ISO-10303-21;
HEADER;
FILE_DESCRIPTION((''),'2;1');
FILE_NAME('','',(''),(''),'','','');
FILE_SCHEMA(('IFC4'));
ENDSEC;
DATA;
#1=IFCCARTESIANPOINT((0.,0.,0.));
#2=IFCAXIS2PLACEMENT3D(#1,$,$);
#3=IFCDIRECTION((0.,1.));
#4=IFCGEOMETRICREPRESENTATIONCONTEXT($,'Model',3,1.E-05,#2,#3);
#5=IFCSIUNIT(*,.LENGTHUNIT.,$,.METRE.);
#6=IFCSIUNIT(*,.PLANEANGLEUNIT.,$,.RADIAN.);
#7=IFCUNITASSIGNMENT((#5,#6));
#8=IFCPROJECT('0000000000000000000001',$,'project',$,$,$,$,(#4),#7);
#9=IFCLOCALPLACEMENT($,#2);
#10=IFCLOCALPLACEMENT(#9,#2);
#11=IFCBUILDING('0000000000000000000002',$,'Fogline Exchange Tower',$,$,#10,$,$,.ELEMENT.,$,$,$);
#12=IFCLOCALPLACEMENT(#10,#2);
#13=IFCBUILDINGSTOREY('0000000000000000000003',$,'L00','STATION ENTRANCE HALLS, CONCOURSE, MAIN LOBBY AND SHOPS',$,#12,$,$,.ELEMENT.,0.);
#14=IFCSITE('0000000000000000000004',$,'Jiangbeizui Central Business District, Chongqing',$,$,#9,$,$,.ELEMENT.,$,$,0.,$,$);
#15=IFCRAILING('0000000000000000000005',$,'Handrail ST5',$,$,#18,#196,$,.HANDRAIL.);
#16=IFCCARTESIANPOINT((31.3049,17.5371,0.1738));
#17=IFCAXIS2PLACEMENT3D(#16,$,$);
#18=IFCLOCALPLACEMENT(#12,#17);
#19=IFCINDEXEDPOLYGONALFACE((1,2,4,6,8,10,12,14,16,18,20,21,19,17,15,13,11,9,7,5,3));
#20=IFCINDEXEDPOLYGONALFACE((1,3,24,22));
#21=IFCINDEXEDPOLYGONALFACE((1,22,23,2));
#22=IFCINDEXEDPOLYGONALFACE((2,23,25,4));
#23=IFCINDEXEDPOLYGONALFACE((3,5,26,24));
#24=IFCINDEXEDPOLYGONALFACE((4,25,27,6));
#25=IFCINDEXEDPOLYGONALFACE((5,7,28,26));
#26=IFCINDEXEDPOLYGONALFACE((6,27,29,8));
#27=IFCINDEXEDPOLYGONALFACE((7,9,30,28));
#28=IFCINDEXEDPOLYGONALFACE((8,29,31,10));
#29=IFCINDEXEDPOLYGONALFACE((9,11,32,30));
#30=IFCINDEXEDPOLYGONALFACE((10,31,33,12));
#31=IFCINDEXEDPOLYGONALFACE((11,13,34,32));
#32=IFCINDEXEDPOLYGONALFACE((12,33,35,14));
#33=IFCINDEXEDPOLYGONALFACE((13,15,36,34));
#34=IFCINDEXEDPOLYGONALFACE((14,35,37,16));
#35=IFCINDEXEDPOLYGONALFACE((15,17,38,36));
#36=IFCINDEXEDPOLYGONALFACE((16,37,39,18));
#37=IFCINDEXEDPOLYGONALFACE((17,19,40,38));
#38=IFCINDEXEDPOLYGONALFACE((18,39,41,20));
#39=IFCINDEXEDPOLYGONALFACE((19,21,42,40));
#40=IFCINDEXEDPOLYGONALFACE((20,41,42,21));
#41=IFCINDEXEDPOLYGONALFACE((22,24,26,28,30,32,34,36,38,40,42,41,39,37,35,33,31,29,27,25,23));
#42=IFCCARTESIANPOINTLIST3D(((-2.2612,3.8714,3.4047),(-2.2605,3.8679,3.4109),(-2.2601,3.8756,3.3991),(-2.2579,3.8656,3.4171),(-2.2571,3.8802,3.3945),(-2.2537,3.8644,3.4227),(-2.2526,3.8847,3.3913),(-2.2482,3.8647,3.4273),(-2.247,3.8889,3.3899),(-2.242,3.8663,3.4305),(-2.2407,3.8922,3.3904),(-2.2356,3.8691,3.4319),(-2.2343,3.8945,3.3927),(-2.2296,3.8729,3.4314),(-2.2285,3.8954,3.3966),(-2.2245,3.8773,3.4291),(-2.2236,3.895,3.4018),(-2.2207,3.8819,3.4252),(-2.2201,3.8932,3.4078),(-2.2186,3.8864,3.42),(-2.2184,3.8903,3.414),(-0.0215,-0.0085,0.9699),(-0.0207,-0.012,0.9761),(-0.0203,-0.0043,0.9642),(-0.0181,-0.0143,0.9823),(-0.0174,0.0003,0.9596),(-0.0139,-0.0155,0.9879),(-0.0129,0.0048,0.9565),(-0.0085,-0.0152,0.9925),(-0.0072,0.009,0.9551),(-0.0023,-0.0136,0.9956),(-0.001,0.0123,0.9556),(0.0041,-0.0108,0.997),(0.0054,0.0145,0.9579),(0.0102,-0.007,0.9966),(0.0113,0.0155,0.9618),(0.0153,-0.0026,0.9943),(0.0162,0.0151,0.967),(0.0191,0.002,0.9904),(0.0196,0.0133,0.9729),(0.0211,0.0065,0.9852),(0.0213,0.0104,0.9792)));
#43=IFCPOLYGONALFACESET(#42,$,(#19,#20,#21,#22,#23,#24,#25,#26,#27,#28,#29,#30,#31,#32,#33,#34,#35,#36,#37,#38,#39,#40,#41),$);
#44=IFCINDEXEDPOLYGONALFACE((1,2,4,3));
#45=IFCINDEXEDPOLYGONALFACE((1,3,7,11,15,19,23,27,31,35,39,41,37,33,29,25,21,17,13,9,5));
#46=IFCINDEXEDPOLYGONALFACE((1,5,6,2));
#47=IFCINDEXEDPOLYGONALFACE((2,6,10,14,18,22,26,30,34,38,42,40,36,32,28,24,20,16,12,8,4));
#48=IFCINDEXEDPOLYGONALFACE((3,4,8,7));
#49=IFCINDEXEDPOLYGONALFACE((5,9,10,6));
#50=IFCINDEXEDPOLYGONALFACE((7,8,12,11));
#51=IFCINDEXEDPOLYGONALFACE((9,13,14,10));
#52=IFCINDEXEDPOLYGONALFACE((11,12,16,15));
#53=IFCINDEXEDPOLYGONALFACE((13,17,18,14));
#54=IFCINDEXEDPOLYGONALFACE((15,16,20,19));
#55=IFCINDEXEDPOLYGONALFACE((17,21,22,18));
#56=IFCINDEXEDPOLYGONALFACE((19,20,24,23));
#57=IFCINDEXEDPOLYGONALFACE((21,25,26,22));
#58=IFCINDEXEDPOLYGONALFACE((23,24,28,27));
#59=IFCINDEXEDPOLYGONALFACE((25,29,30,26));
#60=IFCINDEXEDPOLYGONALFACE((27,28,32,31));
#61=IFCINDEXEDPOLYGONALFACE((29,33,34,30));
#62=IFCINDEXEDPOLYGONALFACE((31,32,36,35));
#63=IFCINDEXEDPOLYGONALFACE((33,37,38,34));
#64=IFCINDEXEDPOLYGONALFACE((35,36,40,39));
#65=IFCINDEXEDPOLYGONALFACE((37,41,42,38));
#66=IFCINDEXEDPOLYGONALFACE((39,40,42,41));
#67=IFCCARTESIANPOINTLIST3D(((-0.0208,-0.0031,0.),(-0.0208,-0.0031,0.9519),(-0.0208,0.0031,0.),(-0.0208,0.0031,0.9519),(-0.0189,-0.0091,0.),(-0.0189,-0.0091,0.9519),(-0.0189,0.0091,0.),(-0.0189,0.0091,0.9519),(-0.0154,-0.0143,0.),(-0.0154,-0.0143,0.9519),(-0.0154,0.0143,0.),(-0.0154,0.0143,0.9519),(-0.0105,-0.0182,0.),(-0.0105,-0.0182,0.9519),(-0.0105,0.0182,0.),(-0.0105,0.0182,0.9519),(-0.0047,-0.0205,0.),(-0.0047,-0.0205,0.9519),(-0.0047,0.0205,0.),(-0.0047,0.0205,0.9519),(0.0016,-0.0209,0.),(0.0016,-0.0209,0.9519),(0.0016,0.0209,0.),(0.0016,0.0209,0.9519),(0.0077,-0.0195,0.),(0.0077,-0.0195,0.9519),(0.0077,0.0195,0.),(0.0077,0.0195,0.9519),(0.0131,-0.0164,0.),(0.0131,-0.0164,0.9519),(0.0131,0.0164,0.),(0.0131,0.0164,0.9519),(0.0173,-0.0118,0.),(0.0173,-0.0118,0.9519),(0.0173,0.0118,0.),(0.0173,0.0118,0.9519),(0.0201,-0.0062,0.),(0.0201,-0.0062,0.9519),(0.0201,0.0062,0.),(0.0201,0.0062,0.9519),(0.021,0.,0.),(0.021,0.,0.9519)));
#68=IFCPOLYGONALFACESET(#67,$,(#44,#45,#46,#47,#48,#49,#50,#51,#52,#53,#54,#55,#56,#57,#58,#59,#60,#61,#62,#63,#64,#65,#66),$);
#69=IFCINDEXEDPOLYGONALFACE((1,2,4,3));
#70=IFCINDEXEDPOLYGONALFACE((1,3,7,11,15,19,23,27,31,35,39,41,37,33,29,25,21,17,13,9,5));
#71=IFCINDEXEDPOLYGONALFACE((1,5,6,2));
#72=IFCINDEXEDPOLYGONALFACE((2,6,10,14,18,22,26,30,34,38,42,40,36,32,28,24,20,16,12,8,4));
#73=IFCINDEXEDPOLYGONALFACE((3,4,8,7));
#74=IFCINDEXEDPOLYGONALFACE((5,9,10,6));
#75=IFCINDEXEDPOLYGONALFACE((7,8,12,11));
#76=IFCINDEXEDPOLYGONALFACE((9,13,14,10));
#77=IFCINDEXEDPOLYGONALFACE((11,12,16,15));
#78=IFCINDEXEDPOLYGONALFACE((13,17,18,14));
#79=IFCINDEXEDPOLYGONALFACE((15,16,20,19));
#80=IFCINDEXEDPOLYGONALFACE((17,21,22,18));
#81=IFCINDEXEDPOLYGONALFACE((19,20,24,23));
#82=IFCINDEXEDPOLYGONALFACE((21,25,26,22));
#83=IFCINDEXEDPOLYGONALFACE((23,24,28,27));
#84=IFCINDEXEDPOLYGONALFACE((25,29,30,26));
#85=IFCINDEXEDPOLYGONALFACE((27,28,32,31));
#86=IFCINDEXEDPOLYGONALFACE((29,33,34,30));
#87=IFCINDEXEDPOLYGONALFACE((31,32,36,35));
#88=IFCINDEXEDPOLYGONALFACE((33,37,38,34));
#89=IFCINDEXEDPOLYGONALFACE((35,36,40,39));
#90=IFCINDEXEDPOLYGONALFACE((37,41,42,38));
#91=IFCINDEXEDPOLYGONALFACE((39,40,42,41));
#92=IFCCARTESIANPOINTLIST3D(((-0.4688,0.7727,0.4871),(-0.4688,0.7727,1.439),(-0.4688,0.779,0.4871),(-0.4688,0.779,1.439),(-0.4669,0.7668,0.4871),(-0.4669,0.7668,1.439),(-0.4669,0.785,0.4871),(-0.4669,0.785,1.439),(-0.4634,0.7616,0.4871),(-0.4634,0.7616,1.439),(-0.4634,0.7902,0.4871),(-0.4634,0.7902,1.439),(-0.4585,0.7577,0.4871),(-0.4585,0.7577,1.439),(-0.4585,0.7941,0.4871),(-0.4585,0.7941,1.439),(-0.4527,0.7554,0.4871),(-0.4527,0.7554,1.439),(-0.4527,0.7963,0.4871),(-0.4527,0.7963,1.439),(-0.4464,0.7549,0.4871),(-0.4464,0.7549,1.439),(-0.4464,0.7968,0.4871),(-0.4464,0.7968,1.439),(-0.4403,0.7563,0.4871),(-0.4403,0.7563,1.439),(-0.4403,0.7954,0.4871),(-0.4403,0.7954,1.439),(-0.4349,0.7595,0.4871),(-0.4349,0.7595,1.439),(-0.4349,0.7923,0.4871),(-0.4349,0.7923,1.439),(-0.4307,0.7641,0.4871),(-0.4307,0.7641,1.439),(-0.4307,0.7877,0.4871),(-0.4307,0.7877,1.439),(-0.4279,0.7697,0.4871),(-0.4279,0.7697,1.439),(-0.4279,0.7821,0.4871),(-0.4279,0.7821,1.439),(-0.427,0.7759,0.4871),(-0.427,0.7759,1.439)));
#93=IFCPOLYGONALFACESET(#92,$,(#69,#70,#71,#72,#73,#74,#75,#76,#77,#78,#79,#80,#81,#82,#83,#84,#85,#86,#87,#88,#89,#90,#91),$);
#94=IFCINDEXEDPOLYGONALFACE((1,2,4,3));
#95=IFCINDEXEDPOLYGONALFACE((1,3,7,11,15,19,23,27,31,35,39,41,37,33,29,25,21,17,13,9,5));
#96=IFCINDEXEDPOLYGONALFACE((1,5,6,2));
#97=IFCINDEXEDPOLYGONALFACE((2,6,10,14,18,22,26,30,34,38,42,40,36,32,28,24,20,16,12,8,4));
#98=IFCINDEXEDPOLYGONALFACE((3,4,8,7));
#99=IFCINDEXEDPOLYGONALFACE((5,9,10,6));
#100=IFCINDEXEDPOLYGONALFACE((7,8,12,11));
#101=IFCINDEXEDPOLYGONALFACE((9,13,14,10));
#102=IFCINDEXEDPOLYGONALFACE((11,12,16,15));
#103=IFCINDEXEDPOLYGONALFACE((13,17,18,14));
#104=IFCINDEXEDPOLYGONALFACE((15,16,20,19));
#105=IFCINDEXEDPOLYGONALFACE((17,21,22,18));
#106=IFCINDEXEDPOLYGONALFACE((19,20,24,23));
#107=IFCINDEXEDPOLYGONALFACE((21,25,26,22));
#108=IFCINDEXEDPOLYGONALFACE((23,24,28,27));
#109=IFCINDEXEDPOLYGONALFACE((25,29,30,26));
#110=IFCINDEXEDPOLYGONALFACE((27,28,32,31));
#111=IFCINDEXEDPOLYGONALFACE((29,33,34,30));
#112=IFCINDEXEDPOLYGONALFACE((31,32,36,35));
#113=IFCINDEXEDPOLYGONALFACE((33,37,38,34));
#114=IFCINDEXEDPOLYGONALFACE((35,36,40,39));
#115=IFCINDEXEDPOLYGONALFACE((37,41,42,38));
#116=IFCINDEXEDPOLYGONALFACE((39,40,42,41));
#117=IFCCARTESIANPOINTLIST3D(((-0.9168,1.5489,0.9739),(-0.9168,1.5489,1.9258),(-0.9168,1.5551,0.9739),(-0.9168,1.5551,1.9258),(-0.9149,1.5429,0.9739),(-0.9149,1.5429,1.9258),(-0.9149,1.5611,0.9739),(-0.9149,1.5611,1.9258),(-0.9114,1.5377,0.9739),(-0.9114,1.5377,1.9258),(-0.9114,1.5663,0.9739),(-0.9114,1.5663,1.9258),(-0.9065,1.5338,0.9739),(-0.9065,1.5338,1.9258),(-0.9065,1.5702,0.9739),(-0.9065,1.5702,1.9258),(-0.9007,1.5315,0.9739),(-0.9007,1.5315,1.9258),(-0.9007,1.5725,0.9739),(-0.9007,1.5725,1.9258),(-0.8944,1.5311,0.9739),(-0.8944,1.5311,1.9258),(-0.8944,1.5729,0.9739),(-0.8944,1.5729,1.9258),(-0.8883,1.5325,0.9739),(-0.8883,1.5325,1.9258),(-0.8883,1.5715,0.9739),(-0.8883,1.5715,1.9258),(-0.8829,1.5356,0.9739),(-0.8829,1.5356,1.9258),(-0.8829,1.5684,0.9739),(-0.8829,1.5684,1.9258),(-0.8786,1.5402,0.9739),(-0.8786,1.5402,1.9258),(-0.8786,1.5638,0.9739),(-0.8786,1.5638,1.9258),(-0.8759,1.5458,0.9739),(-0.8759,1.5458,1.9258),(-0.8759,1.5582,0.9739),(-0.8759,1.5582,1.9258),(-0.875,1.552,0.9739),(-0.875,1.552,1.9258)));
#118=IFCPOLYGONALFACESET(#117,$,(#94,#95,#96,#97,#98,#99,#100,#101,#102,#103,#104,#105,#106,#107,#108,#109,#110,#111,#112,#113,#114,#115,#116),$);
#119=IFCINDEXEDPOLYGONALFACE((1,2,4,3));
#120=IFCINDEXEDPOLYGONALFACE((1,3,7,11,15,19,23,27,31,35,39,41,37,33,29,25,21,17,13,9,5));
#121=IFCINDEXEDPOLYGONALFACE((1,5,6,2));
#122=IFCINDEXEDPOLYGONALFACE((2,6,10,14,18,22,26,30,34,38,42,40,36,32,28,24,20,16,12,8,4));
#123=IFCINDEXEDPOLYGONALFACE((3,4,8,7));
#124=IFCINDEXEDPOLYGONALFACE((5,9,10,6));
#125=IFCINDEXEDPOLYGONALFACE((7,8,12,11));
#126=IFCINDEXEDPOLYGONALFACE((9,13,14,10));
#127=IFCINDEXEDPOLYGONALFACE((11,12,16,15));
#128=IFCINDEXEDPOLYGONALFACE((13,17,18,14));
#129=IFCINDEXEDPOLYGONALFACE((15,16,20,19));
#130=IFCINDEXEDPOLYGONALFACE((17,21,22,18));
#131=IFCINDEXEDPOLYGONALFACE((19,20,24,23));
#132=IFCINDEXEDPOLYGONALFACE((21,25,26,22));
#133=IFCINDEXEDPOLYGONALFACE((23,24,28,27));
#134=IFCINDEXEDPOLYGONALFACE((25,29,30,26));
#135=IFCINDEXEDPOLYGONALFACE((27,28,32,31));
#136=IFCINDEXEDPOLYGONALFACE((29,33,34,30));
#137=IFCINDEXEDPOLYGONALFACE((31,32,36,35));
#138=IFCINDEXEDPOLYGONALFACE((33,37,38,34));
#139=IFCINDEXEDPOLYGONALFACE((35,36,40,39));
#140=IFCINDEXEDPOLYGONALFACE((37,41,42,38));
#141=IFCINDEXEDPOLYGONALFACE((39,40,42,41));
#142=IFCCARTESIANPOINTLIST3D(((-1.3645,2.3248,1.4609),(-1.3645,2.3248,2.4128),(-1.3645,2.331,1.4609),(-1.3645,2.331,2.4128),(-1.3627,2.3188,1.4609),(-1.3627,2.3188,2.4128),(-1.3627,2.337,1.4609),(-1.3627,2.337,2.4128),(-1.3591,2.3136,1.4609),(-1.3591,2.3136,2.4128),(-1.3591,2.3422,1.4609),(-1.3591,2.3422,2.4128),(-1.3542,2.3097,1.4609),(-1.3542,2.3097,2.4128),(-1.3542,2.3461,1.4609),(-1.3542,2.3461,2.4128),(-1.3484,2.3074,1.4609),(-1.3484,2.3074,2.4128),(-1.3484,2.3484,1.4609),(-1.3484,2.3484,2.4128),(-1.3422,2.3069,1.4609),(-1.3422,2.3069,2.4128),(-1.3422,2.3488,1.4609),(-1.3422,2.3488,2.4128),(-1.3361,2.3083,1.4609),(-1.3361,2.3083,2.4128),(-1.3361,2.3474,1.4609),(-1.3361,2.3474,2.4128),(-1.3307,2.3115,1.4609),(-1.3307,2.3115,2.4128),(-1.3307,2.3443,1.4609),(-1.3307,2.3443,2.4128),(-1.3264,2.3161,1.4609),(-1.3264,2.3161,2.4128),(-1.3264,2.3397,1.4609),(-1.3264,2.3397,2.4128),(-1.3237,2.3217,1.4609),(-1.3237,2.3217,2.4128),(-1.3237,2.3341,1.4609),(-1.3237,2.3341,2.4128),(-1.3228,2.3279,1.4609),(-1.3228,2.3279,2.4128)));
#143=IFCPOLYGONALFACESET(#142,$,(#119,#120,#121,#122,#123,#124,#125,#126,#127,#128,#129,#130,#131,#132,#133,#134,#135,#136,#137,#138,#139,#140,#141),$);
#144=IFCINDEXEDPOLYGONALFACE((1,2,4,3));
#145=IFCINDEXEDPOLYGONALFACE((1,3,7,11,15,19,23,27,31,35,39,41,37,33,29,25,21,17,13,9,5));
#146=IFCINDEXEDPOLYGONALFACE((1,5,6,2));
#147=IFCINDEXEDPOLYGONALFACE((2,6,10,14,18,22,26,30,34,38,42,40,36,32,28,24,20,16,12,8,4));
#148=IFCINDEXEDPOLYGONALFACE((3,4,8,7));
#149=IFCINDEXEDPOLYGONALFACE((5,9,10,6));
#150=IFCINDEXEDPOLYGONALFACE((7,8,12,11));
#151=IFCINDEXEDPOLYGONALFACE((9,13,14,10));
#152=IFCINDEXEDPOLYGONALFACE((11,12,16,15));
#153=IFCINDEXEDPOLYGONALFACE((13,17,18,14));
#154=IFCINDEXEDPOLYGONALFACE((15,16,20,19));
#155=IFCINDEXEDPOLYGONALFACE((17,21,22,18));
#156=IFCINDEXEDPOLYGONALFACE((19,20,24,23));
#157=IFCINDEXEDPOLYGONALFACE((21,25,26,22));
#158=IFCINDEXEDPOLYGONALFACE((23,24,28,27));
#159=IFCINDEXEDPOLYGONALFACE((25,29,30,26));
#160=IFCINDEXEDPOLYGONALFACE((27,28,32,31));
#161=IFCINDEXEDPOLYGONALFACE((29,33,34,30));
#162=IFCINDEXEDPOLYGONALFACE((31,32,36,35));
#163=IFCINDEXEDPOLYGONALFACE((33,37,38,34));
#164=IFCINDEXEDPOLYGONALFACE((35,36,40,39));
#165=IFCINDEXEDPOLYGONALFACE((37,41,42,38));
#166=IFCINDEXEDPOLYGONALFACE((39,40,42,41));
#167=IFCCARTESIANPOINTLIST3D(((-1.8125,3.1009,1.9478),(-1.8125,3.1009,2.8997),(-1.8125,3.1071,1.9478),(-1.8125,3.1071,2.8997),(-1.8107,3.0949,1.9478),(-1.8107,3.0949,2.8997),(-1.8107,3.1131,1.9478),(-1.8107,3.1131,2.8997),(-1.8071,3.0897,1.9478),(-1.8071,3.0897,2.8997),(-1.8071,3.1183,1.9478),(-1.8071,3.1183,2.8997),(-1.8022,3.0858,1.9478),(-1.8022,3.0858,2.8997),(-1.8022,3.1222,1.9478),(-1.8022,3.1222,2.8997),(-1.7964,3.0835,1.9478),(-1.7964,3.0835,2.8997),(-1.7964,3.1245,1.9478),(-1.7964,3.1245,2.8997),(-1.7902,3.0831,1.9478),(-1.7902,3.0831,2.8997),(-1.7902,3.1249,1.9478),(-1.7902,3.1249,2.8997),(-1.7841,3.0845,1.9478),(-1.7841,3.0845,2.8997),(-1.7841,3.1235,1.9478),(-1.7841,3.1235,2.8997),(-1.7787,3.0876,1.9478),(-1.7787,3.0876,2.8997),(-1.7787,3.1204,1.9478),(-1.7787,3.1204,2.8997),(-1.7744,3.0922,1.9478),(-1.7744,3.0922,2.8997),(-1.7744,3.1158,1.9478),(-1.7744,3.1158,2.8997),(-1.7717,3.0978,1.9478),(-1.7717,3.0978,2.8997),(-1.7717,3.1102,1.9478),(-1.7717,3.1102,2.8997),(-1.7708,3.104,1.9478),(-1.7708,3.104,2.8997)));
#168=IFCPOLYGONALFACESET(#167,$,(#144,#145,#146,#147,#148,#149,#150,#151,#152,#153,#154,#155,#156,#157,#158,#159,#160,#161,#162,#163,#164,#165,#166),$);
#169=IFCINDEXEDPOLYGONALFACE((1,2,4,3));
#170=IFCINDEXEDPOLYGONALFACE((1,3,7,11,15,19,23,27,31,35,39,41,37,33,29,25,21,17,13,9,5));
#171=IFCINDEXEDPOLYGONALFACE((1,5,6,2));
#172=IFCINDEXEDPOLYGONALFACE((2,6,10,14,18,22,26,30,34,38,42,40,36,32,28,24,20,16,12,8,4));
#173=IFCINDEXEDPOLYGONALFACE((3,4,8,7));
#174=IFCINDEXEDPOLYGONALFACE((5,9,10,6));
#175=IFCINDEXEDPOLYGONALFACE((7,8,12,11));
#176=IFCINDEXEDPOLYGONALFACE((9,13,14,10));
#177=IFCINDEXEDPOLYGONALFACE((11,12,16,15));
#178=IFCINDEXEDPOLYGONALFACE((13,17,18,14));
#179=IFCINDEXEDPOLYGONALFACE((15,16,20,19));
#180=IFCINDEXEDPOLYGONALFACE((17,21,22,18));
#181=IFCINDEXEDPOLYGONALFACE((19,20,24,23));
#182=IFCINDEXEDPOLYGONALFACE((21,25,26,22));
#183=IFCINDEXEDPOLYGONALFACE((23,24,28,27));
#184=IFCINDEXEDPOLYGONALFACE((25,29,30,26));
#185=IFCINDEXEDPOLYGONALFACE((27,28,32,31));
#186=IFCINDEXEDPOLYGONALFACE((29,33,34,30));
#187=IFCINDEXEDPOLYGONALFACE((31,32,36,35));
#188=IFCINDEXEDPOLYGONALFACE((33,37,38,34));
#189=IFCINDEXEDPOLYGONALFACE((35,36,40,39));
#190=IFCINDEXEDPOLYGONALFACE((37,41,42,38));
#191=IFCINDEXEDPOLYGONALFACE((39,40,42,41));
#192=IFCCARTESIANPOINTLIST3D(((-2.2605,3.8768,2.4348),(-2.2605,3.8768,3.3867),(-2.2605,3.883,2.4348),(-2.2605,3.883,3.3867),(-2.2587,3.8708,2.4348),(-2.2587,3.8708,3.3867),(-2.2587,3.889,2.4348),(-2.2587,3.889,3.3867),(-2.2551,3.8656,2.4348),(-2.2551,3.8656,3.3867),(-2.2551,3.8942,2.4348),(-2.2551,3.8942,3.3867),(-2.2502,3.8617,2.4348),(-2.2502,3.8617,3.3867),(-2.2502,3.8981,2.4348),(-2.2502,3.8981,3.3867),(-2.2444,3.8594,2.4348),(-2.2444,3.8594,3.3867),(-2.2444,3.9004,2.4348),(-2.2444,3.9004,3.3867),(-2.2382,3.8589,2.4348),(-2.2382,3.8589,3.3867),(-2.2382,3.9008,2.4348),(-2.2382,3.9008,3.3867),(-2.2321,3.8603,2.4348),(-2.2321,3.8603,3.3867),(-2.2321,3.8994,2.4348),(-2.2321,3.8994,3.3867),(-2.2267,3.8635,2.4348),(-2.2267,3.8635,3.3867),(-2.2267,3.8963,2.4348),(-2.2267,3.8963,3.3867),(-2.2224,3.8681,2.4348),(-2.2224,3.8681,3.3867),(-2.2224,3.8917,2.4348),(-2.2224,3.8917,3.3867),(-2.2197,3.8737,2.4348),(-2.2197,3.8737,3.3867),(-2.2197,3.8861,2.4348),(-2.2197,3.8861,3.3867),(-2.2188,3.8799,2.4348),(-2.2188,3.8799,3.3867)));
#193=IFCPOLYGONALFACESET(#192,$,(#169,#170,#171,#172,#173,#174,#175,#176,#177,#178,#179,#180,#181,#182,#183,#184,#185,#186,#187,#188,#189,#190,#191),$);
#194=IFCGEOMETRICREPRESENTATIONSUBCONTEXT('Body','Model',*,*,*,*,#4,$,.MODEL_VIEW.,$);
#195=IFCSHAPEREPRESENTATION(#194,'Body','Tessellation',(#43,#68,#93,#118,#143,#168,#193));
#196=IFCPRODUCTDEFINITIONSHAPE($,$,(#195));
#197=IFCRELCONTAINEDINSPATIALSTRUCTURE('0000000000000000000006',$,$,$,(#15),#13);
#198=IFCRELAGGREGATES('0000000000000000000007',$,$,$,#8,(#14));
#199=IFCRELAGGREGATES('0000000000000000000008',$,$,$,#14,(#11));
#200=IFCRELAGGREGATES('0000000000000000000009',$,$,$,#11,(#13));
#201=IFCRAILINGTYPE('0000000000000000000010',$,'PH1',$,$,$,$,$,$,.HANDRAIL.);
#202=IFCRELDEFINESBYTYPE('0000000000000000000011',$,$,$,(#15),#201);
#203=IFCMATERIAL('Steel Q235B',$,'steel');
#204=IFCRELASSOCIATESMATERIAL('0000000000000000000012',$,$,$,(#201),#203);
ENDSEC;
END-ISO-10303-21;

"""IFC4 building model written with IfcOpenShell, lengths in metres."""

from ifc_helpers import new_model, si_unit, direction, frame, origin, origin_2d, place, context, subcontext, project, spatial, circle, extrude, material, type_object, element, save


model = new_model("IFC4")

# Units and contexts
model_context = context("Model", 3, precision=1e-05, world=origin(), true_north=direction((0.0, 1.0)))
body_context = subcontext(model_context, "Body", "Model", "MODEL_VIEW")
ifc_project = project(units=[si_unit("LENGTHUNIT", "METRE"), si_unit("PLANEANGLEUNIT", "RADIAN")], contexts=[model_context])

# Site, building, storey
site_placement = place(None, origin())
site = spatial("IfcSite", under=ifc_project, at=site_placement, Name="Jiangbeizui Central Business District, Chongqing", CompositionType="ELEMENT", RefElevation=0.0)
building_placement = place(site_placement, origin())
building = spatial("IfcBuilding", under=site, at=building_placement, Name="Fogline Exchange Tower", CompositionType="ELEMENT")
storey_placement = place(building_placement, origin())
storey = spatial("IfcBuildingStorey", under=building, at=storey_placement, Name="L00", Description="STATION ENTRANCE HALLS, CONCOURSE, MAIN LOBBY AND SHOPS", CompositionType="ELEMENT", Elevation=0.0)

# Shared definitions
ifc_material_1 = material(Name="Steel Q235B", Category="steel")

# Railing
railing_type_1 = type_object("IfcRailingType", Name="PH1", PredefinedType="HANDRAIL", material=ifc_material_1)
railing_1_placement = place(storey_placement, frame((31.3049, 17.5371, 0.1738)))
element("IfcRailing", 1, at=railing_1_placement, inside=storey, type_object=railing_type_1, Name="Handrail ST5", PredefinedType="HANDRAIL", context=body_context, shape_type="SweptSolid", body=[
    extrude(circle(Radius=0.0239, at=origin_2d()), frame((0.0, 0.0, 0.9761), z_axis=(-0.439265, 0.760933, 0.477522), x_axis=(-0.866055, -0.499949, 0.0)), (0.0, 0.0, 1.0), 5.0989),
    extrude(circle(Radius=0.021, at=origin_2d()), origin(), (0.0, 0.0, 1.0), 0.9519),
    extrude(circle(Radius=0.021, at=origin_2d()), frame((-0.448, 0.7759, 0.4871)), (0.0, 0.0, 1.0), 0.9519),
    extrude(circle(Radius=0.021, at=origin_2d()), frame((-0.896, 1.552, 0.9739)), (0.0, 0.0, 1.0), 0.9519),
    extrude(circle(Radius=0.021, at=origin_2d()), frame((-1.3438, 2.3279, 1.4609)), (0.0, 0.0, 1.0), 0.9519),
    extrude(circle(Radius=0.021, at=origin_2d()), frame((-1.7917, 3.104, 1.9478)), (0.0, 0.0, 1.0), 0.9519),
    extrude(circle(Radius=0.021, at=origin_2d()), frame((-2.2397, 3.8799, 2.4348)), (0.0, 0.0, 1.0), 0.9519),
])

save(model, "model.ifc")
